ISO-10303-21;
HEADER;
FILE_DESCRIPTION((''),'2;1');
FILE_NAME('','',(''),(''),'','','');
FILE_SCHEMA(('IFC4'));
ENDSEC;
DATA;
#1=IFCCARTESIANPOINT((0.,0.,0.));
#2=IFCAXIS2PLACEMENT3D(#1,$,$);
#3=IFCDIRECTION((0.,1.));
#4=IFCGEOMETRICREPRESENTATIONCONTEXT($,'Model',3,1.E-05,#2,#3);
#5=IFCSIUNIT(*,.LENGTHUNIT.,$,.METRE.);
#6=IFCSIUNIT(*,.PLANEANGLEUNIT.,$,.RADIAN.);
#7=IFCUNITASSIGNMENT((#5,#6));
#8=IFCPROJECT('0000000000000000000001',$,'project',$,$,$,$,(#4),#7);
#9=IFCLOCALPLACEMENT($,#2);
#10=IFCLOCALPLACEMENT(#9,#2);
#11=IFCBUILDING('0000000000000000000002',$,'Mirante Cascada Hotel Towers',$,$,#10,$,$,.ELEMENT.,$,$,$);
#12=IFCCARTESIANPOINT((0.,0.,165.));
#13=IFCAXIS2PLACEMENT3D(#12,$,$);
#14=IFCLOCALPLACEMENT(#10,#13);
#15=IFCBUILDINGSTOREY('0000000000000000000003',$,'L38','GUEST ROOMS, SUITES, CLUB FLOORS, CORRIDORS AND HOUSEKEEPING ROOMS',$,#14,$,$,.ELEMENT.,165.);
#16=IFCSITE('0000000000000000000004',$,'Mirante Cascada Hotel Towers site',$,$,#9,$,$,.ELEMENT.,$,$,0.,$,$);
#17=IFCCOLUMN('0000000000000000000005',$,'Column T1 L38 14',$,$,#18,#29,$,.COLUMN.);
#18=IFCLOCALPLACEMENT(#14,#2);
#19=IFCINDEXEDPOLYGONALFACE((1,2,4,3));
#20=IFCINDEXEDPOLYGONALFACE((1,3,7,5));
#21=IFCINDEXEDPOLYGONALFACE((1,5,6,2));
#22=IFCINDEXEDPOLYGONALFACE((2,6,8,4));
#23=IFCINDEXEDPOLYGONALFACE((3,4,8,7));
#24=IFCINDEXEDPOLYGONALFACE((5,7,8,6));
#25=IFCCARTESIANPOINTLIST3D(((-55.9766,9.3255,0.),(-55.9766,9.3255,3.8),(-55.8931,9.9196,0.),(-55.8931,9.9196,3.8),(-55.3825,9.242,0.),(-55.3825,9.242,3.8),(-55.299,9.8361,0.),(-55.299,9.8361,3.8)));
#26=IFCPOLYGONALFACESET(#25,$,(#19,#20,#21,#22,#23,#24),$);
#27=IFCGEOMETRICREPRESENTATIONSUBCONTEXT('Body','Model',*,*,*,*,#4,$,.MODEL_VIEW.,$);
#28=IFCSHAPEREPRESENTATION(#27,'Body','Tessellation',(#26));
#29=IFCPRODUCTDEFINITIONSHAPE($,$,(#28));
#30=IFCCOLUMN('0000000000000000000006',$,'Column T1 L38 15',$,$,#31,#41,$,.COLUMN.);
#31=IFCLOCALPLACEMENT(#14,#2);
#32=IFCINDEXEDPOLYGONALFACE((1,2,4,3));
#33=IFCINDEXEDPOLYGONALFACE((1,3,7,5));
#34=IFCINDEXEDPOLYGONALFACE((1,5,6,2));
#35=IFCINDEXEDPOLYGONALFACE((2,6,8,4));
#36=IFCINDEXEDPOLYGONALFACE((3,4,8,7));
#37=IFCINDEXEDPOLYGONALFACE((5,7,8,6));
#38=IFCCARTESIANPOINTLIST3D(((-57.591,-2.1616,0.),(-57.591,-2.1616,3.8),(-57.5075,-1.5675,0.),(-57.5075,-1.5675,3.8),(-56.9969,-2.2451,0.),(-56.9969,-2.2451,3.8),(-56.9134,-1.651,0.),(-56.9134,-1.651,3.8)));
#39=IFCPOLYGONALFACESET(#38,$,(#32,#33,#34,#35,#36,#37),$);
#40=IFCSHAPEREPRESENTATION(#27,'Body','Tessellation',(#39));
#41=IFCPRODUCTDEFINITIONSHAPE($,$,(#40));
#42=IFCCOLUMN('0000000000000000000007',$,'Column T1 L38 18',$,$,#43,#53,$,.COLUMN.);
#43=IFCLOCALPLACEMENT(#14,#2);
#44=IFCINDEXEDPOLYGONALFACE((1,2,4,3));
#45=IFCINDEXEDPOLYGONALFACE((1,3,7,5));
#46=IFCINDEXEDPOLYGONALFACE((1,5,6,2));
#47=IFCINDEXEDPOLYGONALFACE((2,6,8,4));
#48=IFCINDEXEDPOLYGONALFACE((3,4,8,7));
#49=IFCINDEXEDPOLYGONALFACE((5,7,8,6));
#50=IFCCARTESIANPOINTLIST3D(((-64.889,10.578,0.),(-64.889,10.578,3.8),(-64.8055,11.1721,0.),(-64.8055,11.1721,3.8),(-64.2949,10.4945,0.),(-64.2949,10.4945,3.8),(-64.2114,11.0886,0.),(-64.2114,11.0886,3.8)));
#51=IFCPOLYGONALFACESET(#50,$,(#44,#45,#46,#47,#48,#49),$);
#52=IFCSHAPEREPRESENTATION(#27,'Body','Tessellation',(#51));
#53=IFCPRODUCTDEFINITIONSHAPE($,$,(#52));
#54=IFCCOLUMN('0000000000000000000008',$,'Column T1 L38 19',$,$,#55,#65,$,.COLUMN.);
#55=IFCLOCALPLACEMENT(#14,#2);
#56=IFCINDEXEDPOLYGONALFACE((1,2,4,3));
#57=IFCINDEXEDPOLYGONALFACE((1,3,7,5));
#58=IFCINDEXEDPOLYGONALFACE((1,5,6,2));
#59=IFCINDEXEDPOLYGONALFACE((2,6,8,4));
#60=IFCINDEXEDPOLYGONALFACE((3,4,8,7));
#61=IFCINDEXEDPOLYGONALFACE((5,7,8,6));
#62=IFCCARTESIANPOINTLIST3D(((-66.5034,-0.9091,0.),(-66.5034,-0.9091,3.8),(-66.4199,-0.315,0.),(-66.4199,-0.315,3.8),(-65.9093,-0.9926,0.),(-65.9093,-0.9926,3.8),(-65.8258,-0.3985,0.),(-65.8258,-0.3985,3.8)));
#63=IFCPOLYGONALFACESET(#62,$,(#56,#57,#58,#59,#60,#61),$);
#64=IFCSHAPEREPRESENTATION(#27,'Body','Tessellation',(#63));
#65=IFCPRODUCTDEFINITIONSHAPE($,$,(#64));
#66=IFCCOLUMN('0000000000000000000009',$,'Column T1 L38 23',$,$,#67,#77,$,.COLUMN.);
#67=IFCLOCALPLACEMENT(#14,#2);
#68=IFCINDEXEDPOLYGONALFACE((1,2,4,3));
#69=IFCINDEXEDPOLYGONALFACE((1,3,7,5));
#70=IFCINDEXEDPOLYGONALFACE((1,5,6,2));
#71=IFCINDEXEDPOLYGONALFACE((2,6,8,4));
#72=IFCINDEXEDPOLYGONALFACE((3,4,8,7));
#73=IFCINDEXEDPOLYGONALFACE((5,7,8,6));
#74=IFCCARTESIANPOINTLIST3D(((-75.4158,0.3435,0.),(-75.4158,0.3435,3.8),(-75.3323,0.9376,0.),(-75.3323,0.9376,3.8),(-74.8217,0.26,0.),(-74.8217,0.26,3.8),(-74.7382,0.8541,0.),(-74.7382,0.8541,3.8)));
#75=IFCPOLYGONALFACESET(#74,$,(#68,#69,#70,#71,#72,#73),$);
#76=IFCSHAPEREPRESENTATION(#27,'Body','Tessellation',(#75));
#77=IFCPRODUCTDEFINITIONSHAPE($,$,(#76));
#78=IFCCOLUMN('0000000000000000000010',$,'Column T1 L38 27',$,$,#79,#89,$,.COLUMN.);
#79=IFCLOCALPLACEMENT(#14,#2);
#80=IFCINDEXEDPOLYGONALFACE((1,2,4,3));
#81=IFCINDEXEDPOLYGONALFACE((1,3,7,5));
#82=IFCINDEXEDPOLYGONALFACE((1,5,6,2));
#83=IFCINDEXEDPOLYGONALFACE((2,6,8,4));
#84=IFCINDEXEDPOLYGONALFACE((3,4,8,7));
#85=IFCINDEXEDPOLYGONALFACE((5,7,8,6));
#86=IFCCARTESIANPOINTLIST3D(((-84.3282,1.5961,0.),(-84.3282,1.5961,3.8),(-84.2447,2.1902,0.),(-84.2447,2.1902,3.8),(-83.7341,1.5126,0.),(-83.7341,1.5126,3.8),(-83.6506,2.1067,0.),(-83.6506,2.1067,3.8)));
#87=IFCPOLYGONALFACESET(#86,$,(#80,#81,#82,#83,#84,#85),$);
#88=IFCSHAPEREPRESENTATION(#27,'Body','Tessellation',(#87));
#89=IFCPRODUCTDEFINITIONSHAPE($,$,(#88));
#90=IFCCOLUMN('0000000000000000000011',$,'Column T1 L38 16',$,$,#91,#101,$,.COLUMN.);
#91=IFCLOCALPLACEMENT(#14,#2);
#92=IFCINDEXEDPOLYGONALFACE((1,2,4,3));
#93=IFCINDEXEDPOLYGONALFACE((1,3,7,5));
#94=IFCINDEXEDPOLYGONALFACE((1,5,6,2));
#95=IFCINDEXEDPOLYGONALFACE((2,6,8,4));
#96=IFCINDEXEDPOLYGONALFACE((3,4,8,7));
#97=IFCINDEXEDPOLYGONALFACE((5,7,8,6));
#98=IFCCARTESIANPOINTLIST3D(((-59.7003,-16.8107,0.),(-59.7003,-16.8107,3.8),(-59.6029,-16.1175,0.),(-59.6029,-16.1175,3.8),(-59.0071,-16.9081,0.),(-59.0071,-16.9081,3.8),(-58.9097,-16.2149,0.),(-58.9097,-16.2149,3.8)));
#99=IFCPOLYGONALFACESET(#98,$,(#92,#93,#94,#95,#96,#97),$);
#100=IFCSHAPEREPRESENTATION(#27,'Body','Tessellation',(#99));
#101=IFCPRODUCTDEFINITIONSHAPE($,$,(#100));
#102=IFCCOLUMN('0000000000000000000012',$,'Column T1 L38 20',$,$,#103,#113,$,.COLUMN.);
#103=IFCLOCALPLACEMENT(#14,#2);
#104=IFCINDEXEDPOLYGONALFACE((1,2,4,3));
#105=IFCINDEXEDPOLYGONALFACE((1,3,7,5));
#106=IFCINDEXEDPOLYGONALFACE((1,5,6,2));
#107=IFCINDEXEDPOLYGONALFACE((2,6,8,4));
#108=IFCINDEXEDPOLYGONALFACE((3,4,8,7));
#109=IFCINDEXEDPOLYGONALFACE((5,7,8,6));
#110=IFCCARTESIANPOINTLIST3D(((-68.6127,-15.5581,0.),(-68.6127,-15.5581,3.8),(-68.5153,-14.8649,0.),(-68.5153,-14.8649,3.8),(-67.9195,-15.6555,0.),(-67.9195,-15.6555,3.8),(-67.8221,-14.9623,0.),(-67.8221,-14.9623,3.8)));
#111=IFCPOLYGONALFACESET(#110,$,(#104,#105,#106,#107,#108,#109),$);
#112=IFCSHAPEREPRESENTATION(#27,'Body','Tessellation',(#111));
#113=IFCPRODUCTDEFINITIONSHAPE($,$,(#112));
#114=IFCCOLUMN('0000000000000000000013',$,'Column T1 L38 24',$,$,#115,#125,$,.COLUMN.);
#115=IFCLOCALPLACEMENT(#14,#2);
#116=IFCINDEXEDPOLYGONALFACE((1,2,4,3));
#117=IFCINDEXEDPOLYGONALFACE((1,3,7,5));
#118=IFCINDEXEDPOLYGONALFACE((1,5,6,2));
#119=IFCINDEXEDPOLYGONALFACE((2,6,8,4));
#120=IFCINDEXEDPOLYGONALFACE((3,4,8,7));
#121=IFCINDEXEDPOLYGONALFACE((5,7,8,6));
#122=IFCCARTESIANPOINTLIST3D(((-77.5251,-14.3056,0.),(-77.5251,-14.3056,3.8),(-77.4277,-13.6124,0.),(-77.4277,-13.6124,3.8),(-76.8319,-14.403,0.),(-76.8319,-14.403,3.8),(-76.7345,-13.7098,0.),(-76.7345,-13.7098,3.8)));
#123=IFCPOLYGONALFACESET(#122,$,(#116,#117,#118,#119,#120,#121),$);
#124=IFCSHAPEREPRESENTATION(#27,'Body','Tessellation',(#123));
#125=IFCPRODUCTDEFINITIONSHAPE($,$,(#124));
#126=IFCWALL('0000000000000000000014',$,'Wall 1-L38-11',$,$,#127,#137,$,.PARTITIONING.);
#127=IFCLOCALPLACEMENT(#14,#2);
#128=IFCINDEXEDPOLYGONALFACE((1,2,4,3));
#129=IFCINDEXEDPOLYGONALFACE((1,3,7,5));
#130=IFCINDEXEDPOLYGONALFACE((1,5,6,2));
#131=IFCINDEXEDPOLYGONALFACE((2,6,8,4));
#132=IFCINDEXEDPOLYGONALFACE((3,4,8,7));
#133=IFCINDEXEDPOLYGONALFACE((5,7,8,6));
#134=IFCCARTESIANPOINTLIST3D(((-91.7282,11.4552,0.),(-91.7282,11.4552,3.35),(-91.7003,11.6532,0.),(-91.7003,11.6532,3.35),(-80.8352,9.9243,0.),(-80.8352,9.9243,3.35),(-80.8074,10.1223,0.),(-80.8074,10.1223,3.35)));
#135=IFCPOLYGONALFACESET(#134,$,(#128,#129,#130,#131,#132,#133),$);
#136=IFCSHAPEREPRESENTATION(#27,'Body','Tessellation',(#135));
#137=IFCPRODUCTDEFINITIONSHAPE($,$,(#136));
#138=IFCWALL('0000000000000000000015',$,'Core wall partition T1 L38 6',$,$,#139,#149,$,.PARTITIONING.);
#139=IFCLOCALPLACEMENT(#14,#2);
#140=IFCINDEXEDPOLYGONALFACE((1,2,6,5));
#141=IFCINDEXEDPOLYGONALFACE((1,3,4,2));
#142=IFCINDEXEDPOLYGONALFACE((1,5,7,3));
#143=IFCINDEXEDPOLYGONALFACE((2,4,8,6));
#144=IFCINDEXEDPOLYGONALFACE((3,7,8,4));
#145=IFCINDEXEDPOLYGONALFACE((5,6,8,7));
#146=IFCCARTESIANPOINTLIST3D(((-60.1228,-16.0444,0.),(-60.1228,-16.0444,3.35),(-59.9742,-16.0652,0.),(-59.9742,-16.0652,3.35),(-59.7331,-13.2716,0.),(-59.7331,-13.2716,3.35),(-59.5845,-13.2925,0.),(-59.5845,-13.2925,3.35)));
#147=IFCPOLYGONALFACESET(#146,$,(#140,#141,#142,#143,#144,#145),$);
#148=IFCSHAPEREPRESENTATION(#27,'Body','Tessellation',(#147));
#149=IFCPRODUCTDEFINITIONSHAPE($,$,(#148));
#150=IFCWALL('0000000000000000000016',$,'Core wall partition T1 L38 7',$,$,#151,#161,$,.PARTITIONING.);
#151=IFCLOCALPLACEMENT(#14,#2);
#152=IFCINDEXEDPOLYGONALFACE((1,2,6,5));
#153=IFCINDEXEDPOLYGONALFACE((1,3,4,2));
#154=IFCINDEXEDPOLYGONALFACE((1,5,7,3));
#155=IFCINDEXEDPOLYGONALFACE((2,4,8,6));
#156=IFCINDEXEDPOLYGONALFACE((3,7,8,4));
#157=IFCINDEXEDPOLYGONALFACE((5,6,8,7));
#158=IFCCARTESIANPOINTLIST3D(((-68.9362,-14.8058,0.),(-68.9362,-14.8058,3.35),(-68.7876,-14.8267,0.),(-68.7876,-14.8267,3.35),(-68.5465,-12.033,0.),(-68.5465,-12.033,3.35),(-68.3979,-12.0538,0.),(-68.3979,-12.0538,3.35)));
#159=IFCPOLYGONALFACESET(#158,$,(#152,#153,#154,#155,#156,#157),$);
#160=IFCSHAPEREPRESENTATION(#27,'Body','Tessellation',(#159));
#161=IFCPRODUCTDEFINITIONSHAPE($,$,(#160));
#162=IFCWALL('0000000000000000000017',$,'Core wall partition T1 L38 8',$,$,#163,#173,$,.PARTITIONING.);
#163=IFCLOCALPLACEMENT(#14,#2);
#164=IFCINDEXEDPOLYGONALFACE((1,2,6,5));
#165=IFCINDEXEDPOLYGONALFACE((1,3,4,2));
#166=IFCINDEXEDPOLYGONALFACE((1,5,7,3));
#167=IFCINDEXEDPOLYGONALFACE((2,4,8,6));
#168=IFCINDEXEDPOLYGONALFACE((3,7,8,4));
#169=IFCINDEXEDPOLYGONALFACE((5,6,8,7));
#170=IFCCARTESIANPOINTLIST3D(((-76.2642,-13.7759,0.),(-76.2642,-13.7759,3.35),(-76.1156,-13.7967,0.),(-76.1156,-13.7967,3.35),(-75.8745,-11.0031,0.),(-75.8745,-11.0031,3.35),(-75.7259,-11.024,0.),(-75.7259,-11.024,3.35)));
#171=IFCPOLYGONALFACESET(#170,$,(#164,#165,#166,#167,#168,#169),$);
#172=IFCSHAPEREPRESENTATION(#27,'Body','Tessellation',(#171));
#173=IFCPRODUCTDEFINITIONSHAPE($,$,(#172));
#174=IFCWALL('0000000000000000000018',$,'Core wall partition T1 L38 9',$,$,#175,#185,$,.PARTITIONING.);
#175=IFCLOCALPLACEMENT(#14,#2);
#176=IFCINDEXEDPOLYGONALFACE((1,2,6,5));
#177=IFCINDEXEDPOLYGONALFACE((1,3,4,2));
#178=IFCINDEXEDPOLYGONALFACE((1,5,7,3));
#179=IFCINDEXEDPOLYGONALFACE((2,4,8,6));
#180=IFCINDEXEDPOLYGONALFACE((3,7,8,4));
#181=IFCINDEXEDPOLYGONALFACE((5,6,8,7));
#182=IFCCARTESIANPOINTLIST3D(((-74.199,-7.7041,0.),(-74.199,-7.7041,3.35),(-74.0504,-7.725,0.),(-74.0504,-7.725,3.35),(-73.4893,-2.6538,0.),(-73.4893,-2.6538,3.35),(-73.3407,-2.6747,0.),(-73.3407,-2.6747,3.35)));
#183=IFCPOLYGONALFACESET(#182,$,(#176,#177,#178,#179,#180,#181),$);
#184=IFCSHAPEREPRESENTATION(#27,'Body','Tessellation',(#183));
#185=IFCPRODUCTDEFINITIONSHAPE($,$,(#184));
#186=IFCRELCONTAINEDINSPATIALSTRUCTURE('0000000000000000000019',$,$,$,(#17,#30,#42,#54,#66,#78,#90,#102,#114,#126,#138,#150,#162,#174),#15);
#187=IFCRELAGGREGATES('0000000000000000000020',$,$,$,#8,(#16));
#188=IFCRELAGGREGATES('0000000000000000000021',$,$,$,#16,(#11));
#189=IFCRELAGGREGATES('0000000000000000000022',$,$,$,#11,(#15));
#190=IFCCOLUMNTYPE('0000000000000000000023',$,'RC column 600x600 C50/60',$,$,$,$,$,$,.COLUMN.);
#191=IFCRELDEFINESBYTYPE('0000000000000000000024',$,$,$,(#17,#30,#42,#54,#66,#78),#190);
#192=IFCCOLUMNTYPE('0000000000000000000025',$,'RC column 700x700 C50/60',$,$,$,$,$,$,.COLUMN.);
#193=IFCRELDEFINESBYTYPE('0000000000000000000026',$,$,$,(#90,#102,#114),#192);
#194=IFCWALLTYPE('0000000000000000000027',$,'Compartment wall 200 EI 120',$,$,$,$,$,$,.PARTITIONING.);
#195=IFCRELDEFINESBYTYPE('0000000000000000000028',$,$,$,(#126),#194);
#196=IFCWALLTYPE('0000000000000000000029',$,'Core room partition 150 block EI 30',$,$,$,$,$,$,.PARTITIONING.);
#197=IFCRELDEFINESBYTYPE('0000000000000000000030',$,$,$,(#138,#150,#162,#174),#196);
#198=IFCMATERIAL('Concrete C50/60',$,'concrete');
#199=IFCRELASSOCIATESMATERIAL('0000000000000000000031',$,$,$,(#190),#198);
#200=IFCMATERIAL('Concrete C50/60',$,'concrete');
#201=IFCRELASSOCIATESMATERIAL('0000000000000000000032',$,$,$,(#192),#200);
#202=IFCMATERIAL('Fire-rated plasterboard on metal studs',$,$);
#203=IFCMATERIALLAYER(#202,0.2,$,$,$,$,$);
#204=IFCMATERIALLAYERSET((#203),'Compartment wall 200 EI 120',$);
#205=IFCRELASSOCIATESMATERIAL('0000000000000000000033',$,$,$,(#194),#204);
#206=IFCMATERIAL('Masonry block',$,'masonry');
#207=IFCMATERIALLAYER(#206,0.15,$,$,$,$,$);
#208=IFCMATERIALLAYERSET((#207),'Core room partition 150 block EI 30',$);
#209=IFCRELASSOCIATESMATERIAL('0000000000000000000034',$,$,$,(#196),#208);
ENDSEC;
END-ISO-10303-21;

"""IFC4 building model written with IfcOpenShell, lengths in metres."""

from ifc_helpers import new_model, si_unit, direction, frame, frame_2d, origin, origin_2d, place, context, subcontext, project, spatial, rectangle, extrude, material, layer, layer_set, material_profile, profile_set, type_object, element, save


model = new_model("IFC4")

# Units and contexts
model_context = context("Model", 3, precision=1e-05, world=origin(), true_north=direction((0.0, 1.0)))
body_context = subcontext(model_context, "Body", "Model", "MODEL_VIEW")
ifc_project = project(units=[si_unit("LENGTHUNIT", "METRE"), si_unit("PLANEANGLEUNIT", "RADIAN")], contexts=[model_context])

# Site, building, storey
site_placement = place(None, origin())
site = spatial("IfcSite", under=ifc_project, at=site_placement, Name="Mirante Cascada Hotel Towers site", CompositionType="ELEMENT", RefElevation=0.0)
building_placement = place(site_placement, origin())
building = spatial("IfcBuilding", under=site, at=building_placement, Name="Mirante Cascada Hotel Towers", CompositionType="ELEMENT")
storey_placement = place(building_placement, frame((0.0, 0.0, 165.0)))
storey = spatial("IfcBuildingStorey", under=building, at=storey_placement, Name="L38", Description="GUEST ROOMS, SUITES, CLUB FLOORS, CORRIDORS AND HOUSEKEEPING ROOMS", CompositionType="ELEMENT", Elevation=165.0)

# Columns
ifc_material_1 = material(Name="Concrete C50/60", Category="concrete")
ifc_material_profile_1 = material_profile(ifc_material_1, rectangle(XDim=0.6, YDim=0.6, at=origin_2d()), Name="RC column 600x600 C50/60")
ifc_profile_set_1 = profile_set([ifc_material_profile_1], Name="Concrete C50/60")
column_type_1 = type_object("IfcColumnType", Name="RC column 600x600 C50/60", PredefinedType="COLUMN", material=ifc_profile_set_1)
for number, where, z_axis, x_axis, name in (
    (1, (-55.6378, 9.5808, 0.0), (0.0, 0.0, 1.0), (-0.990268, 0.139173, 0.0), "Column T1 L38 14"),
    (2, (-57.2522, -1.9063, 0.0), (0.0, 0.0, 1.0), (-0.990268, 0.139173, 0.0), "Column T1 L38 15"),
    (3, (-64.5502, 10.8333, 0.0), (0.0, 0.0, 1.0), (-0.990268, 0.139173, 0.0), "Column T1 L38 18"),
    (4, (-66.1646, -0.6538, 0.0), (0.0, 0.0, 1.0), (-0.990268, 0.139173, 0.0), "Column T1 L38 19"),
    (5, (-75.077, 0.5988, 0.0), (0.0, 0.0, 1.0), (-0.990268, 0.139173, 0.0), "Column T1 L38 23"),
    (6, (-83.9894, 1.8514, 0.0), (0.0, 0.0, 1.0), (-0.990268, 0.139173, 0.0), "Column T1 L38 27"),
):
    element("IfcColumn", number, at=place(storey_placement, frame(where, z_axis=z_axis, x_axis=x_axis)), inside=storey, type_object=column_type_1, Name=name, PredefinedType="COLUMN", context=body_context, shape_type="SweptSolid", body=[
        extrude(rectangle(XDim=0.6, YDim=0.6, at=origin_2d()), origin(), (0.0, 0.0, 1.0), 3.8),
    ])
ifc_material_2 = material(Name="Concrete C50/60", Category="concrete")
ifc_material_profile_2 = material_profile(ifc_material_2, rectangle(XDim=0.7, YDim=0.7, at=origin_2d()), Name="RC column 700x700 C50/60")
ifc_profile_set_2 = profile_set([ifc_material_profile_2], Name="Concrete C50/60")
column_type_2 = type_object("IfcColumnType", Name="RC column 700x700 C50/60", PredefinedType="COLUMN", material=ifc_profile_set_2)
for number, where, z_axis, x_axis, name in (
    (7, (-59.305, -16.5128, 0.0), (0.0, 0.0, 1.0), (-0.990268, 0.139173, 0.0), "Column T1 L38 16"),
    (8, (-68.2174, -15.2602, 0.0), (0.0, 0.0, 1.0), (-0.990268, 0.139173, 0.0), "Column T1 L38 20"),
    (9, (-77.1298, -14.0077, 0.0), (0.0, 0.0, 1.0), (-0.990268, 0.139173, 0.0), "Column T1 L38 24"),
):
    element("IfcColumn", number, at=place(storey_placement, frame(where, z_axis=z_axis, x_axis=x_axis)), inside=storey, type_object=column_type_2, Name=name, PredefinedType="COLUMN", context=body_context, shape_type="SweptSolid", body=[
        extrude(rectangle(XDim=0.7, YDim=0.7, at=origin_2d()), origin(), (0.0, 0.0, 1.0), 3.8),
    ])

# Walls
ifc_material_3 = material(Name="Fire-rated plasterboard on metal studs")
ifc_layer_1 = layer(ifc_material_3, 0.2)
ifc_layer_set_1 = layer_set([ifc_layer_1], Name="Compartment wall 200 EI 120")
wall_type_1 = type_object("IfcWallType", Name="Compartment wall 200 EI 120", PredefinedType="PARTITIONING", material=ifc_layer_set_1)
wall_1_placement = place(storey_placement, frame((-80.8213, 10.0233, 0.0), z_axis=(0.0, 0.0, 1.0), x_axis=(-0.990268, 0.139173, 0.0)))
element("IfcWall", 10, at=wall_1_placement, inside=storey, type_object=wall_type_1, Name="Wall 1-L38-11", PredefinedType="PARTITIONING", context=body_context, shape_type="SweptSolid", body=[
    extrude(rectangle(XDim=11.0, YDim=0.2, at=frame_2d((5.5, 0.0))), origin(), (0.0, 0.0, 1.0), 3.35),
])
ifc_material_4 = material(Name="Masonry block", Category="masonry")
ifc_layer_2 = layer(ifc_material_4, 0.15)
ifc_layer_set_2 = layer_set([ifc_layer_2], Name="Core room partition 150 block EI 30")
wall_type_2 = type_object("IfcWallType", Name="Core room partition 150 block EI 30", PredefinedType="PARTITIONING", material=ifc_layer_set_2)
wall_2_placement = place(storey_placement, frame((-60.0485, -16.0548, 0.0), z_axis=(0.0, 0.0, 1.0), x_axis=(0.139181, 0.990267, 0.0)))
element("IfcWall", 11, at=wall_2_placement, inside=storey, type_object=wall_type_2, Name="Core wall partition T1 L38 6", PredefinedType="PARTITIONING", context=body_context, shape_type="SweptSolid", body=[
    extrude(rectangle(XDim=2.8, YDim=0.15, at=frame_2d((1.4, 0.0))), origin(), (0.0, 0.0, 1.0), 3.35),
])
wall_3_placement = place(storey_placement, frame((-68.8619, -14.8162, 0.0), z_axis=(0.0, 0.0, 1.0), x_axis=(0.139176, 0.990268, 0.0)))
element("IfcWall", 12, at=wall_3_placement, inside=storey, type_object=wall_type_2, Name="Core wall partition T1 L38 7", PredefinedType="PARTITIONING", context=body_context, shape_type="SweptSolid", body=[
    extrude(rectangle(XDim=2.8001, YDim=0.15, at=frame_2d((1.4, 0.0))), origin(), (0.0, 0.0, 1.0), 3.35),
])
wall_4_placement = place(storey_placement, frame((-76.1899, -13.7863, 0.0), z_axis=(0.0, 0.0, 1.0), x_axis=(0.139181, 0.990267, 0.0)))
element("IfcWall", 13, at=wall_4_placement, inside=storey, type_object=wall_type_2, Name="Core wall partition T1 L38 8", PredefinedType="PARTITIONING", context=body_context, shape_type="SweptSolid", body=[
    extrude(rectangle(XDim=2.8, YDim=0.15, at=frame_2d((1.4, 0.0))), origin(), (0.0, 0.0, 1.0), 3.35),
])
wall_5_placement = place(storey_placement, frame((-74.1247, -7.7146, 0.0), z_axis=(0.0, 0.0, 1.0), x_axis=(0.139159, 0.99027, 0.0)))
element("IfcWall", 14, at=wall_5_placement, inside=storey, type_object=wall_type_2, Name="Core wall partition T1 L38 9", PredefinedType="PARTITIONING", context=body_context, shape_type="SweptSolid", body=[
    extrude(rectangle(XDim=5.0999, YDim=0.15, at=frame_2d((2.55, 0.0))), origin(), (0.0, 0.0, 1.0), 3.35),
])

save(model, "model.ifc")
